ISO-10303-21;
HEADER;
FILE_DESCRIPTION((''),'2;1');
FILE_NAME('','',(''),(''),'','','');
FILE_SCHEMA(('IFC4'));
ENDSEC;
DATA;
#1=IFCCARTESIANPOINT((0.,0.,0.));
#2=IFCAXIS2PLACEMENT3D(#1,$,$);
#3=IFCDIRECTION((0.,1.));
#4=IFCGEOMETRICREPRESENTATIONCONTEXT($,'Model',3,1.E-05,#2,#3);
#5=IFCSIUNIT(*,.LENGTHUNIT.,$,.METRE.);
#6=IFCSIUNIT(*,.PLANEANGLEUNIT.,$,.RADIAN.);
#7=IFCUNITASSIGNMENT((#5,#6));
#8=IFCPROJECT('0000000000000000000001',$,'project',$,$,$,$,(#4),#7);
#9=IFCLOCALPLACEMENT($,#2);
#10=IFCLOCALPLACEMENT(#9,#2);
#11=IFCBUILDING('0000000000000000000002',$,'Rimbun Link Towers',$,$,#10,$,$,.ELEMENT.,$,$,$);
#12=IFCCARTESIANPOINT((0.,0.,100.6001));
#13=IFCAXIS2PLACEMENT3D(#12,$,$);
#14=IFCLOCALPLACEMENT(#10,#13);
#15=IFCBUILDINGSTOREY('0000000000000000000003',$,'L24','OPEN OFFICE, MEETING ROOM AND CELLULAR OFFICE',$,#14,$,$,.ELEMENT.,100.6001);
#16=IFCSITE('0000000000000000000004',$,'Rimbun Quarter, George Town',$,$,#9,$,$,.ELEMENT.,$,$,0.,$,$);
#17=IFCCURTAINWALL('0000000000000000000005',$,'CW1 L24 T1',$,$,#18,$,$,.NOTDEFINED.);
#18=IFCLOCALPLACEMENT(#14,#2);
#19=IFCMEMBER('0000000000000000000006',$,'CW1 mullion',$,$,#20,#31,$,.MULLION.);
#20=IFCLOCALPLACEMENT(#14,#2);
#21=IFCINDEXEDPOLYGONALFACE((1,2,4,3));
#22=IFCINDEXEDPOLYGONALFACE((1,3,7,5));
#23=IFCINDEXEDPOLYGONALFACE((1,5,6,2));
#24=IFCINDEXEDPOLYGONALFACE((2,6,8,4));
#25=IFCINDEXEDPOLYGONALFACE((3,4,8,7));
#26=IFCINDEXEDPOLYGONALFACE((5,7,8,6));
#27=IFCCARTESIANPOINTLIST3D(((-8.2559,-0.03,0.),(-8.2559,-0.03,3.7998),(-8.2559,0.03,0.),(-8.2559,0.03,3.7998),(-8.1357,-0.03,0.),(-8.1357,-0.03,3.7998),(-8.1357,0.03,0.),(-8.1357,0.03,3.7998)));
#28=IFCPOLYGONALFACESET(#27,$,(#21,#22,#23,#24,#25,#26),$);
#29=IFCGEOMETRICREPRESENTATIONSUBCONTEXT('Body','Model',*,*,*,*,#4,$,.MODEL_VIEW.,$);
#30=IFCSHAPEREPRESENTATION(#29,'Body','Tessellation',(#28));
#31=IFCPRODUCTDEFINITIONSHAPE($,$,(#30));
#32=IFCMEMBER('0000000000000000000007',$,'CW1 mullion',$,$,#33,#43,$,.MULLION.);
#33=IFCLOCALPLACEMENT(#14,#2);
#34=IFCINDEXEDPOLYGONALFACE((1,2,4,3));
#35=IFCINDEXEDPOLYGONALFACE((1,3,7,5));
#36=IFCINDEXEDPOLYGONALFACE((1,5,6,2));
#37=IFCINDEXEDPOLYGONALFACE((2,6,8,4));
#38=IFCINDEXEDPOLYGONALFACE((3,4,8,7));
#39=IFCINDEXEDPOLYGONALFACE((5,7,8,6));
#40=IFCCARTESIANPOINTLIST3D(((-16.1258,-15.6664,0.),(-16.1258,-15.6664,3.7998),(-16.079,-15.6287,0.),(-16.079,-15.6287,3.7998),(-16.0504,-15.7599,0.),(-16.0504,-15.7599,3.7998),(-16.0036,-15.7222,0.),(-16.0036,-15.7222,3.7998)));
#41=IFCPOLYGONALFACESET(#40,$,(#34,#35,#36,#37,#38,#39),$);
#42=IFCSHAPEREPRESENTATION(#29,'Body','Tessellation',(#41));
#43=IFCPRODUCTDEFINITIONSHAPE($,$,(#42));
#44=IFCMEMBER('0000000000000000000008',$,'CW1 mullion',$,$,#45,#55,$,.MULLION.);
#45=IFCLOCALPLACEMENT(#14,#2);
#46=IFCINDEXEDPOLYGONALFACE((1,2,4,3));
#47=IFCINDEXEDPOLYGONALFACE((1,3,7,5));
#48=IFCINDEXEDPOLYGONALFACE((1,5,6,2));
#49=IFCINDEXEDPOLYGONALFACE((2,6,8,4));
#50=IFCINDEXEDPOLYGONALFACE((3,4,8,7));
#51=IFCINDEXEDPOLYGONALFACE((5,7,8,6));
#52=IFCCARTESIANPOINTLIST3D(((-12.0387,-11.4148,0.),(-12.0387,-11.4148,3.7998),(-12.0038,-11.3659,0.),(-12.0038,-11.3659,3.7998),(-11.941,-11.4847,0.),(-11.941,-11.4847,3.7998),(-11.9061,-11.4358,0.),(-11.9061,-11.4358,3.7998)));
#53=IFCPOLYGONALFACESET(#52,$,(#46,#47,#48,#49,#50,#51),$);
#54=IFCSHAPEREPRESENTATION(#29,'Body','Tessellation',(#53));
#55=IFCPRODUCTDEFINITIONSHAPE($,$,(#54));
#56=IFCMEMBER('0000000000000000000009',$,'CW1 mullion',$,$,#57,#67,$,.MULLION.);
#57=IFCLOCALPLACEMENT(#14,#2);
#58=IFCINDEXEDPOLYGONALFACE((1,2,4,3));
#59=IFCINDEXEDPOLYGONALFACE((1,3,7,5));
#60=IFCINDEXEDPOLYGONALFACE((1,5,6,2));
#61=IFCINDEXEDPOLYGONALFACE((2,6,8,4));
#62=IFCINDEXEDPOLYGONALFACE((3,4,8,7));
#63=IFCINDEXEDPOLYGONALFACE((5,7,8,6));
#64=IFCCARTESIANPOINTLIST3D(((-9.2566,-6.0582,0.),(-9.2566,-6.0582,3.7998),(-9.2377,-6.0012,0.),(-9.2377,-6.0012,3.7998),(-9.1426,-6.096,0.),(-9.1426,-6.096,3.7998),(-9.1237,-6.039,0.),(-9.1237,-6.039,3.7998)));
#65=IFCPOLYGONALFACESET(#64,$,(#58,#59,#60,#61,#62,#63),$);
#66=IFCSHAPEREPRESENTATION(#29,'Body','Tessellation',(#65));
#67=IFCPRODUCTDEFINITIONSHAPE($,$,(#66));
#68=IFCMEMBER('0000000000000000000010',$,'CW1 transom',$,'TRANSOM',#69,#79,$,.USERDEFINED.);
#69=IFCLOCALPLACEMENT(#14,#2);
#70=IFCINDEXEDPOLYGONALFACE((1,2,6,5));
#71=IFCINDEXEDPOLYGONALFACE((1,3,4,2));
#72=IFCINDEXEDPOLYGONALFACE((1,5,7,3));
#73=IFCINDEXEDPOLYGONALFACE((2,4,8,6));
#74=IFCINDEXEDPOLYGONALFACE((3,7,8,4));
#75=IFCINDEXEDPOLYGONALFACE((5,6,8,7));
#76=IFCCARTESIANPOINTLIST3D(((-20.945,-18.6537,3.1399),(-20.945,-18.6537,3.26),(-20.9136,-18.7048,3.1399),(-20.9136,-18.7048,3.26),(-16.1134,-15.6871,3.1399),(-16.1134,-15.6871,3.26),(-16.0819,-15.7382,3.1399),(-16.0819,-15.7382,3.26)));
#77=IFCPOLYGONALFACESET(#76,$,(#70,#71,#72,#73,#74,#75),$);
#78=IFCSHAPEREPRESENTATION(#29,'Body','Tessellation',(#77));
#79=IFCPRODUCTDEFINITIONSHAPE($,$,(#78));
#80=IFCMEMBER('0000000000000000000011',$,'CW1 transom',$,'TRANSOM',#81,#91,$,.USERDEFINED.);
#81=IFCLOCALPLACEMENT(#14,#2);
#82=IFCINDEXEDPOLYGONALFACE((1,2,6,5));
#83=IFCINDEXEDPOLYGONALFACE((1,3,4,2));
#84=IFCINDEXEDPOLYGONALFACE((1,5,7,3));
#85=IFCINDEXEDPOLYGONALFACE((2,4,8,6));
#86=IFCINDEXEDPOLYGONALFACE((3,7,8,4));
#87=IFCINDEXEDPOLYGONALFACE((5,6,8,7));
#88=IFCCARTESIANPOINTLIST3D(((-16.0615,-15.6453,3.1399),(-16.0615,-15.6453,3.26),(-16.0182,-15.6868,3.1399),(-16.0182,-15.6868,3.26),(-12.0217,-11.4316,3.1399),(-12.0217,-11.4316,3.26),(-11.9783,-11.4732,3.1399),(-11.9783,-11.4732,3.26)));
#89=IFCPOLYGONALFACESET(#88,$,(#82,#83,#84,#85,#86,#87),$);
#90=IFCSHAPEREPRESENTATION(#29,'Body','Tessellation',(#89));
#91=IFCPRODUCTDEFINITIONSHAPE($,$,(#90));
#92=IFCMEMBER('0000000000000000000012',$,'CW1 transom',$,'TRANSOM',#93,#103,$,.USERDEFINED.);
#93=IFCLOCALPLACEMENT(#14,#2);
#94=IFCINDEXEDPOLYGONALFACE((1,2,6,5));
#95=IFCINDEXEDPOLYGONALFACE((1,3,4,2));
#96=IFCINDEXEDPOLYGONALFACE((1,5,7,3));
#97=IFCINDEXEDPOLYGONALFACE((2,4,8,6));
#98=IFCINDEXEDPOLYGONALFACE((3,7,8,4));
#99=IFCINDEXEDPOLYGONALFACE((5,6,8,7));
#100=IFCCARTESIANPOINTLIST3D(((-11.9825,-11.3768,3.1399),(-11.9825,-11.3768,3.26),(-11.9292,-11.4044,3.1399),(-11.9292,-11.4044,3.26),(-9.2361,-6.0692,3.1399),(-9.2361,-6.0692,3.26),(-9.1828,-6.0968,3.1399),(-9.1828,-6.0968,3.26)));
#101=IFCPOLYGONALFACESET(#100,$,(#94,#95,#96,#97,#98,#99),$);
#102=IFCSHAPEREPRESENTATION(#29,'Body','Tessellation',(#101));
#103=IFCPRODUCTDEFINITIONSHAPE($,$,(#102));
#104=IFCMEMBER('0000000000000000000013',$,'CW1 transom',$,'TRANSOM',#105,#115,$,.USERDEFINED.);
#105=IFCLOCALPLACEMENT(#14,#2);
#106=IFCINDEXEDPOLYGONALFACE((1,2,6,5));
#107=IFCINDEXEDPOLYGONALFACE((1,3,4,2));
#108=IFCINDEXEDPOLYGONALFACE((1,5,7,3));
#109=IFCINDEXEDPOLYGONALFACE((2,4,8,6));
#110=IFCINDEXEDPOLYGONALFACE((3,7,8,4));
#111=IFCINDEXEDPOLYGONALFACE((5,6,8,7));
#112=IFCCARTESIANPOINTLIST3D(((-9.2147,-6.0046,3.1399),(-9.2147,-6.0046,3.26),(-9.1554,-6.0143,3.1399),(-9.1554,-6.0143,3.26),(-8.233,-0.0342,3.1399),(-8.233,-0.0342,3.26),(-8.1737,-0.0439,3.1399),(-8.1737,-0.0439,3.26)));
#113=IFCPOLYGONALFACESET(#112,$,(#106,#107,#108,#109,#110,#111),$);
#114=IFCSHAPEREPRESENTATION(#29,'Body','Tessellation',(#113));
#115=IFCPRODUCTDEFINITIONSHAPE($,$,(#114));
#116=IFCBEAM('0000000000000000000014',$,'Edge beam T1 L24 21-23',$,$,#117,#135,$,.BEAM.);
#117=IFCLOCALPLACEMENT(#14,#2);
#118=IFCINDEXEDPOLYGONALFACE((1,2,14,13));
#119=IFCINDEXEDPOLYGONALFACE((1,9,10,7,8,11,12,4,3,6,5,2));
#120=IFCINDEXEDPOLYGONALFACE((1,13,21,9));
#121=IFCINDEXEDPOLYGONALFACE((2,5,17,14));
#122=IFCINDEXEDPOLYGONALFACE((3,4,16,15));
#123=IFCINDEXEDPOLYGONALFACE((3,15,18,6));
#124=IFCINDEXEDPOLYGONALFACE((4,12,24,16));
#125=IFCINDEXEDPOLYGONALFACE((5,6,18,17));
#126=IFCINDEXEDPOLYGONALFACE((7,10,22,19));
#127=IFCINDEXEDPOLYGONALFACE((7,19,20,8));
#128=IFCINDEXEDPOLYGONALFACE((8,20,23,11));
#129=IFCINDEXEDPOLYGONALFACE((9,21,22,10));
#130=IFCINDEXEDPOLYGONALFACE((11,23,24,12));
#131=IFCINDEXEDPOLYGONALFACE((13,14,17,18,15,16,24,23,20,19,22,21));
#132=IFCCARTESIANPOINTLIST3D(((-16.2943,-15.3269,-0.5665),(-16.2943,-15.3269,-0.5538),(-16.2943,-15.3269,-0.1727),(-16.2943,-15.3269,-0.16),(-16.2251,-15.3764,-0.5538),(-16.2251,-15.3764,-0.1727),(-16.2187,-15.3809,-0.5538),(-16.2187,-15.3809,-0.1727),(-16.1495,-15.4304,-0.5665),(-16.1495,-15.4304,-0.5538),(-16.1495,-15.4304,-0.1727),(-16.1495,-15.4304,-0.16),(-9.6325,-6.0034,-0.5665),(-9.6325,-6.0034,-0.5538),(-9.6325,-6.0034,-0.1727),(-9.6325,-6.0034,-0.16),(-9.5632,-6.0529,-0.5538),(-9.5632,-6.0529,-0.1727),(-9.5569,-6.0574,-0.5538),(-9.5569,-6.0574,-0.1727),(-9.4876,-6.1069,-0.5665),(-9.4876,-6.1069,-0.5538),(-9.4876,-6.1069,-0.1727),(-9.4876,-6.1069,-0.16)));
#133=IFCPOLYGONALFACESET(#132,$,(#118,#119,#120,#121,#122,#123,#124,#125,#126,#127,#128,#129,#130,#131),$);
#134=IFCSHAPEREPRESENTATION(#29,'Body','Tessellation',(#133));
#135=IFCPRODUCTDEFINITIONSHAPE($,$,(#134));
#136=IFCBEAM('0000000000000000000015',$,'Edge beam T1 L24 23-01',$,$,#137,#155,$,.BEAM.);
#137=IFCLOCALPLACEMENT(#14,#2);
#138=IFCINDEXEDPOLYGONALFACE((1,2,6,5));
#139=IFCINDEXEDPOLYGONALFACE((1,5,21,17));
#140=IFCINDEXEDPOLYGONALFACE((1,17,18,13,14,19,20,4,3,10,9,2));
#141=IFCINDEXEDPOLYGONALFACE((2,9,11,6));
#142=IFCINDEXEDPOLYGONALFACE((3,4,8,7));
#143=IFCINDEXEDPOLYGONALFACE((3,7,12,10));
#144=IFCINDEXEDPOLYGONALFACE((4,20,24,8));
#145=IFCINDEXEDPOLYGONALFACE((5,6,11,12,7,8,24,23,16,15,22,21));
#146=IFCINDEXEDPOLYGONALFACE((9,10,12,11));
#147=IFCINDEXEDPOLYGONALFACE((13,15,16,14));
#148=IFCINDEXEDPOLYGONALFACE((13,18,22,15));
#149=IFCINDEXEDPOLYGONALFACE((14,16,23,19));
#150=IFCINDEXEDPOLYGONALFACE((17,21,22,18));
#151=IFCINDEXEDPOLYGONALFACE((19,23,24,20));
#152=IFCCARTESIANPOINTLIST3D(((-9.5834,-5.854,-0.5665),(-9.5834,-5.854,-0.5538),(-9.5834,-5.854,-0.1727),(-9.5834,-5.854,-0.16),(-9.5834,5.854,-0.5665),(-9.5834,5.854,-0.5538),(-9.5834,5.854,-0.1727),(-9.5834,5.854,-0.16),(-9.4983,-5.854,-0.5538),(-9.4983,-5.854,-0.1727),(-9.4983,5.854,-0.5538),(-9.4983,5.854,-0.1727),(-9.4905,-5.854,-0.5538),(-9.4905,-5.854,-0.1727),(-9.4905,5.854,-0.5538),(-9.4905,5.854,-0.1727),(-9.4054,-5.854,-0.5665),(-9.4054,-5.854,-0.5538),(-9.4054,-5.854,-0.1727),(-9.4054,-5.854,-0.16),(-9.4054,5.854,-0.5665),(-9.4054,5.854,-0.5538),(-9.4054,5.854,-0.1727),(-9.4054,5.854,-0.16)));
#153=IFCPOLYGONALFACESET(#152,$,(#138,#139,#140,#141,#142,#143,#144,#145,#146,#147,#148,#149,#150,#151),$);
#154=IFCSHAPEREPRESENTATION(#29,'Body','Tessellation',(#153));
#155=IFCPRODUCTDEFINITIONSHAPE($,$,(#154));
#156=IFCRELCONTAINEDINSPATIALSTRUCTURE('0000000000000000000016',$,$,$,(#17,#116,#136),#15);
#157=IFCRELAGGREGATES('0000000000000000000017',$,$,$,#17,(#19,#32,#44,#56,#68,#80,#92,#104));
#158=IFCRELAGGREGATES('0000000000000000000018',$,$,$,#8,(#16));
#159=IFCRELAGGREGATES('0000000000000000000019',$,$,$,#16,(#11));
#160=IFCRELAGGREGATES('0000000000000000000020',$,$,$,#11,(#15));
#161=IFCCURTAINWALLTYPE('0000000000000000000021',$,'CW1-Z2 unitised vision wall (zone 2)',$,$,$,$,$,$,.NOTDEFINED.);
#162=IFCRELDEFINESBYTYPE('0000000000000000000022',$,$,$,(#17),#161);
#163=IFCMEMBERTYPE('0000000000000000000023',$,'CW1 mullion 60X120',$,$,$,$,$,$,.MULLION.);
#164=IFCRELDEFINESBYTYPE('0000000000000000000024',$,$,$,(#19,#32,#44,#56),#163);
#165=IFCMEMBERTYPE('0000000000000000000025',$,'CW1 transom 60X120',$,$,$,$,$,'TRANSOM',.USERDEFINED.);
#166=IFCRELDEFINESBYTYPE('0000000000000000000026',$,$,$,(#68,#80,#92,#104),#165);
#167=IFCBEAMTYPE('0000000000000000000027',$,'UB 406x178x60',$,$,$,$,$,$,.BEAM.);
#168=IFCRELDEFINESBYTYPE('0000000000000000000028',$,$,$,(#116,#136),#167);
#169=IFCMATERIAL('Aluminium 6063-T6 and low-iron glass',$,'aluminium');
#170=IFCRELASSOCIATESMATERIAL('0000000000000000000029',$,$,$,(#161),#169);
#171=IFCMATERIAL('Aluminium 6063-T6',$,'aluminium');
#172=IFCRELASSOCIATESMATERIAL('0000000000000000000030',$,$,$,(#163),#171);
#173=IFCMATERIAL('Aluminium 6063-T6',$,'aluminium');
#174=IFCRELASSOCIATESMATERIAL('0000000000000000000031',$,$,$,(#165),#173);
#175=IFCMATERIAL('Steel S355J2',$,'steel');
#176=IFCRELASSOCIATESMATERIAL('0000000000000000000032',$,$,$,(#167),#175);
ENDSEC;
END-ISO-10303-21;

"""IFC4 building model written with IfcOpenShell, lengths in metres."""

from ifc_helpers import new_model, si_unit, direction, frame, origin, origin_2d, place, context, subcontext, project, spatial, rectangle, i_section, extrude, material, material_profile, profile_set, type_object, element, aggregate, save


model = new_model("IFC4")

# Units and contexts
model_context = context("Model", 3, precision=1e-05, world=origin(), true_north=direction((0.0, 1.0)))
body_context = subcontext(model_context, "Body", "Model", "MODEL_VIEW")
ifc_project = project(units=[si_unit("LENGTHUNIT", "METRE"), si_unit("PLANEANGLEUNIT", "RADIAN")], contexts=[model_context])

# Site, building, storey
site_placement = place(None, origin())
site = spatial("IfcSite", under=ifc_project, at=site_placement, Name="Rimbun Quarter, George Town", CompositionType="ELEMENT", RefElevation=0.0)
building_placement = place(site_placement, origin())
building = spatial("IfcBuilding", under=site, at=building_placement, Name="Rimbun Link Towers", CompositionType="ELEMENT")
storey_placement = place(building_placement, frame((0.0, 0.0, 100.6001)))
storey = spatial("IfcBuildingStorey", under=building, at=storey_placement, Name="L24", Description="OPEN OFFICE, MEETING ROOM AND CELLULAR OFFICE", CompositionType="ELEMENT", Elevation=100.6001)

# Curtain wall, members
ifc_material_1 = material(Name="Aluminium 6063-T6 and low-iron glass", Category="aluminium")
curtain_wall_type = type_object("IfcCurtainWallType", Name="CW1-Z2 unitised vision wall (zone 2)", PredefinedType="NOTDEFINED", material=ifc_material_1)
curtain_wall_placement = place(storey_placement, origin())
curtain_wall = element("IfcCurtainWall", 1, at=curtain_wall_placement, inside=storey, type_object=curtain_wall_type, Name="CW1 L24 T1", PredefinedType="NOTDEFINED")
ifc_material_2 = material(Name="Aluminium 6063-T6", Category="aluminium")
ifc_material_profile_1 = material_profile(ifc_material_2, rectangle(XDim=0.1201, YDim=0.0601, at=origin_2d()), Name="MULLION 60X120")
ifc_profile_set_1 = profile_set([ifc_material_profile_1], Name="Aluminium 6063-T6")
member_type_1 = type_object("IfcMemberType", Name="CW1 mullion 60X120", PredefinedType="MULLION", material=ifc_profile_set_1)
member_1_placement = place(storey_placement, frame((-8.1958, 0.0, 0.0), z_axis=(0.0, 0.0, 1.0), x_axis=(1.0, 0.0, 0.0)))
member_1 = element("IfcMember", 2, at=member_1_placement, type_object=member_type_1, Name="CW1 mullion", PredefinedType="MULLION", context=body_context, shape_type="SweptSolid", body=[
    extrude(rectangle(XDim=0.1201, YDim=0.0601, at=origin_2d()), origin(), (0.0, 0.0, 1.0), 3.7998),
])
member_2_placement = place(storey_placement, frame((-16.0647, -15.6943, 0.0), z_axis=(0.0, 0.0, 1.0), x_axis=(0.627675, -0.778476, 0.0)))
member_2 = element("IfcMember", 3, at=member_2_placement, type_object=member_type_1, Name="CW1 mullion", PredefinedType="MULLION", context=body_context, shape_type="SweptSolid", body=[
    extrude(rectangle(XDim=0.1201, YDim=0.0601, at=origin_2d()), origin(), (0.0, 0.0, 1.0), 3.7998),
])
member_3_placement = place(storey_placement, frame((-11.9724, -11.4253, 0.0), z_axis=(0.0, 0.0, 1.0), x_axis=(0.813351, -0.581773, 0.0)))
member_3 = element("IfcMember", 4, at=member_3_placement, type_object=member_type_1, Name="CW1 mullion", PredefinedType="MULLION", context=body_context, shape_type="SweptSolid", body=[
    extrude(rectangle(XDim=0.1201, YDim=0.0601, at=origin_2d()), origin(), (0.0, 0.0, 1.0), 3.7998),
])
member_4_placement = place(storey_placement, frame((-9.1902, -6.0486, 0.0), z_axis=(0.0, 0.0, 1.0), x_axis=(0.949161, -0.314792, 0.0)))
member_4 = element("IfcMember", 5, at=member_4_placement, type_object=member_type_1, Name="CW1 mullion", PredefinedType="MULLION", context=body_context, shape_type="SweptSolid", body=[
    extrude(rectangle(XDim=0.1201, YDim=0.0601, at=origin_2d()), origin(), (0.0, 0.0, 1.0), 3.7998),
])
ifc_material_3 = material(Name="Aluminium 6063-T6", Category="aluminium")
ifc_material_profile_2 = material_profile(ifc_material_3, rectangle(XDim=0.0601, YDim=0.1201, at=origin_2d()), Name="TRANSOM 60X120")
ifc_profile_set_2 = profile_set([ifc_material_profile_2], Name="Aluminium 6063-T6")
member_type_2 = type_object("IfcMemberType", Name="CW1 transom 60X120", ElementType="TRANSOM", PredefinedType="USERDEFINED", material=ifc_profile_set_2)
member_5_placement = place(storey_placement, frame((-16.0977, -15.7126, 3.2), z_axis=(-0.852186, -0.523239, 0.0), x_axis=(0.523239, -0.852186, 0.0)))
member_5 = element("IfcMember", 6, at=member_5_placement, type_object=member_type_2, Name="CW1 transom", ObjectType="TRANSOM", PredefinedType="USERDEFINED", context=body_context, shape_type="SweptSolid", body=[
    extrude(rectangle(XDim=0.0601, YDim=0.1201, at=origin_2d()), origin(), (0.0, 0.0, 1.0), 5.6697),
])
member_6_placement = place(storey_placement, frame((-12.0, -11.4524, 3.2), z_axis=(-0.692061, -0.721839, 0.0), x_axis=(0.721839, -0.692061, 0.0)))
member_6 = element("IfcMember", 7, at=member_6_placement, type_object=member_type_2, Name="CW1 transom", ObjectType="TRANSOM", PredefinedType="USERDEFINED", context=body_context, shape_type="SweptSolid", body=[
    extrude(rectangle(XDim=0.0601, YDim=0.1201, at=origin_2d()), origin(), (0.0, 0.0, 1.0), 5.8374),
])
member_7_placement = place(storey_placement, frame((-9.2095, -6.083, 3.2), z_axis=(-0.459557, -0.888148, 0.0), x_axis=(0.888148, -0.459557, 0.0)))
member_7 = element("IfcMember", 8, at=member_7_placement, type_object=member_type_2, Name="CW1 transom", ObjectType="TRANSOM", PredefinedType="USERDEFINED", context=body_context, shape_type="SweptSolid", body=[
    extrude(rectangle(XDim=0.0601, YDim=0.1201, at=origin_2d()), origin(), (0.0, 0.0, 1.0), 5.9761),
])
member_8_placement = place(storey_placement, frame((-8.2034, -0.0391, 3.2), z_axis=(-0.162246, -0.98675, 0.0), x_axis=(0.98675, -0.162246, 0.0)))
member_8 = element("IfcMember", 9, at=member_8_placement, type_object=member_type_2, Name="CW1 transom", ObjectType="TRANSOM", PredefinedType="USERDEFINED", context=body_context, shape_type="SweptSolid", body=[
    extrude(rectangle(XDim=0.0601, YDim=0.1201, at=origin_2d()), origin(), (0.0, 0.0, 1.0), 6.0505),
])

# Beams
ifc_material_4 = material(Name="Steel S355J2", Category="steel")
ifc_material_profile_3 = material_profile(ifc_material_4, i_section(OverallWidth=0.178, OverallDepth=0.4065, WebThickness=0.0078, FlangeThickness=0.0127, at=origin_2d()), Name="UB 406x178x60")
ifc_profile_set_3 = profile_set([ifc_material_profile_3], Name="Steel S355J2")
beam_type = type_object("IfcBeamType", Name="UB 406x178x60", PredefinedType="BEAM", material=ifc_profile_set_3)
beam_1_placement = place(storey_placement, frame((-16.2219, -15.3787, -0.3633), z_axis=(0.581367, 0.813641, 0.0), x_axis=(-0.813641, 0.581367, 0.0)))
element("IfcBeam", 10, at=beam_1_placement, inside=storey, type_object=beam_type, Name="Edge beam T1 L24 21-23", PredefinedType="BEAM", context=body_context, shape_type="SweptSolid", body=[
    extrude(i_section(OverallWidth=0.178, OverallDepth=0.4065, WebThickness=0.0078, FlangeThickness=0.0127, at=origin_2d()), origin(), (0.0, 0.0, 1.0), 11.459),
])
beam_2_placement = place(storey_placement, frame((-9.4944, -5.854, -0.3633), z_axis=(0.0, 1.0, 0.0), x_axis=(-1.0, 0.0, 0.0)))
element("IfcBeam", 11, at=beam_2_placement, inside=storey, type_object=beam_type, Name="Edge beam T1 L24 23-01", PredefinedType="BEAM", context=body_context, shape_type="SweptSolid", body=[
    extrude(i_section(OverallWidth=0.178, OverallDepth=0.4065, WebThickness=0.0078, FlangeThickness=0.0127, at=origin_2d()), origin(), (0.0, 0.0, 1.0), 11.708),
])

aggregate(curtain_wall, [member_1, member_2, member_3, member_4, member_5, member_6, member_7, member_8])

save(model, "model.ifc")
